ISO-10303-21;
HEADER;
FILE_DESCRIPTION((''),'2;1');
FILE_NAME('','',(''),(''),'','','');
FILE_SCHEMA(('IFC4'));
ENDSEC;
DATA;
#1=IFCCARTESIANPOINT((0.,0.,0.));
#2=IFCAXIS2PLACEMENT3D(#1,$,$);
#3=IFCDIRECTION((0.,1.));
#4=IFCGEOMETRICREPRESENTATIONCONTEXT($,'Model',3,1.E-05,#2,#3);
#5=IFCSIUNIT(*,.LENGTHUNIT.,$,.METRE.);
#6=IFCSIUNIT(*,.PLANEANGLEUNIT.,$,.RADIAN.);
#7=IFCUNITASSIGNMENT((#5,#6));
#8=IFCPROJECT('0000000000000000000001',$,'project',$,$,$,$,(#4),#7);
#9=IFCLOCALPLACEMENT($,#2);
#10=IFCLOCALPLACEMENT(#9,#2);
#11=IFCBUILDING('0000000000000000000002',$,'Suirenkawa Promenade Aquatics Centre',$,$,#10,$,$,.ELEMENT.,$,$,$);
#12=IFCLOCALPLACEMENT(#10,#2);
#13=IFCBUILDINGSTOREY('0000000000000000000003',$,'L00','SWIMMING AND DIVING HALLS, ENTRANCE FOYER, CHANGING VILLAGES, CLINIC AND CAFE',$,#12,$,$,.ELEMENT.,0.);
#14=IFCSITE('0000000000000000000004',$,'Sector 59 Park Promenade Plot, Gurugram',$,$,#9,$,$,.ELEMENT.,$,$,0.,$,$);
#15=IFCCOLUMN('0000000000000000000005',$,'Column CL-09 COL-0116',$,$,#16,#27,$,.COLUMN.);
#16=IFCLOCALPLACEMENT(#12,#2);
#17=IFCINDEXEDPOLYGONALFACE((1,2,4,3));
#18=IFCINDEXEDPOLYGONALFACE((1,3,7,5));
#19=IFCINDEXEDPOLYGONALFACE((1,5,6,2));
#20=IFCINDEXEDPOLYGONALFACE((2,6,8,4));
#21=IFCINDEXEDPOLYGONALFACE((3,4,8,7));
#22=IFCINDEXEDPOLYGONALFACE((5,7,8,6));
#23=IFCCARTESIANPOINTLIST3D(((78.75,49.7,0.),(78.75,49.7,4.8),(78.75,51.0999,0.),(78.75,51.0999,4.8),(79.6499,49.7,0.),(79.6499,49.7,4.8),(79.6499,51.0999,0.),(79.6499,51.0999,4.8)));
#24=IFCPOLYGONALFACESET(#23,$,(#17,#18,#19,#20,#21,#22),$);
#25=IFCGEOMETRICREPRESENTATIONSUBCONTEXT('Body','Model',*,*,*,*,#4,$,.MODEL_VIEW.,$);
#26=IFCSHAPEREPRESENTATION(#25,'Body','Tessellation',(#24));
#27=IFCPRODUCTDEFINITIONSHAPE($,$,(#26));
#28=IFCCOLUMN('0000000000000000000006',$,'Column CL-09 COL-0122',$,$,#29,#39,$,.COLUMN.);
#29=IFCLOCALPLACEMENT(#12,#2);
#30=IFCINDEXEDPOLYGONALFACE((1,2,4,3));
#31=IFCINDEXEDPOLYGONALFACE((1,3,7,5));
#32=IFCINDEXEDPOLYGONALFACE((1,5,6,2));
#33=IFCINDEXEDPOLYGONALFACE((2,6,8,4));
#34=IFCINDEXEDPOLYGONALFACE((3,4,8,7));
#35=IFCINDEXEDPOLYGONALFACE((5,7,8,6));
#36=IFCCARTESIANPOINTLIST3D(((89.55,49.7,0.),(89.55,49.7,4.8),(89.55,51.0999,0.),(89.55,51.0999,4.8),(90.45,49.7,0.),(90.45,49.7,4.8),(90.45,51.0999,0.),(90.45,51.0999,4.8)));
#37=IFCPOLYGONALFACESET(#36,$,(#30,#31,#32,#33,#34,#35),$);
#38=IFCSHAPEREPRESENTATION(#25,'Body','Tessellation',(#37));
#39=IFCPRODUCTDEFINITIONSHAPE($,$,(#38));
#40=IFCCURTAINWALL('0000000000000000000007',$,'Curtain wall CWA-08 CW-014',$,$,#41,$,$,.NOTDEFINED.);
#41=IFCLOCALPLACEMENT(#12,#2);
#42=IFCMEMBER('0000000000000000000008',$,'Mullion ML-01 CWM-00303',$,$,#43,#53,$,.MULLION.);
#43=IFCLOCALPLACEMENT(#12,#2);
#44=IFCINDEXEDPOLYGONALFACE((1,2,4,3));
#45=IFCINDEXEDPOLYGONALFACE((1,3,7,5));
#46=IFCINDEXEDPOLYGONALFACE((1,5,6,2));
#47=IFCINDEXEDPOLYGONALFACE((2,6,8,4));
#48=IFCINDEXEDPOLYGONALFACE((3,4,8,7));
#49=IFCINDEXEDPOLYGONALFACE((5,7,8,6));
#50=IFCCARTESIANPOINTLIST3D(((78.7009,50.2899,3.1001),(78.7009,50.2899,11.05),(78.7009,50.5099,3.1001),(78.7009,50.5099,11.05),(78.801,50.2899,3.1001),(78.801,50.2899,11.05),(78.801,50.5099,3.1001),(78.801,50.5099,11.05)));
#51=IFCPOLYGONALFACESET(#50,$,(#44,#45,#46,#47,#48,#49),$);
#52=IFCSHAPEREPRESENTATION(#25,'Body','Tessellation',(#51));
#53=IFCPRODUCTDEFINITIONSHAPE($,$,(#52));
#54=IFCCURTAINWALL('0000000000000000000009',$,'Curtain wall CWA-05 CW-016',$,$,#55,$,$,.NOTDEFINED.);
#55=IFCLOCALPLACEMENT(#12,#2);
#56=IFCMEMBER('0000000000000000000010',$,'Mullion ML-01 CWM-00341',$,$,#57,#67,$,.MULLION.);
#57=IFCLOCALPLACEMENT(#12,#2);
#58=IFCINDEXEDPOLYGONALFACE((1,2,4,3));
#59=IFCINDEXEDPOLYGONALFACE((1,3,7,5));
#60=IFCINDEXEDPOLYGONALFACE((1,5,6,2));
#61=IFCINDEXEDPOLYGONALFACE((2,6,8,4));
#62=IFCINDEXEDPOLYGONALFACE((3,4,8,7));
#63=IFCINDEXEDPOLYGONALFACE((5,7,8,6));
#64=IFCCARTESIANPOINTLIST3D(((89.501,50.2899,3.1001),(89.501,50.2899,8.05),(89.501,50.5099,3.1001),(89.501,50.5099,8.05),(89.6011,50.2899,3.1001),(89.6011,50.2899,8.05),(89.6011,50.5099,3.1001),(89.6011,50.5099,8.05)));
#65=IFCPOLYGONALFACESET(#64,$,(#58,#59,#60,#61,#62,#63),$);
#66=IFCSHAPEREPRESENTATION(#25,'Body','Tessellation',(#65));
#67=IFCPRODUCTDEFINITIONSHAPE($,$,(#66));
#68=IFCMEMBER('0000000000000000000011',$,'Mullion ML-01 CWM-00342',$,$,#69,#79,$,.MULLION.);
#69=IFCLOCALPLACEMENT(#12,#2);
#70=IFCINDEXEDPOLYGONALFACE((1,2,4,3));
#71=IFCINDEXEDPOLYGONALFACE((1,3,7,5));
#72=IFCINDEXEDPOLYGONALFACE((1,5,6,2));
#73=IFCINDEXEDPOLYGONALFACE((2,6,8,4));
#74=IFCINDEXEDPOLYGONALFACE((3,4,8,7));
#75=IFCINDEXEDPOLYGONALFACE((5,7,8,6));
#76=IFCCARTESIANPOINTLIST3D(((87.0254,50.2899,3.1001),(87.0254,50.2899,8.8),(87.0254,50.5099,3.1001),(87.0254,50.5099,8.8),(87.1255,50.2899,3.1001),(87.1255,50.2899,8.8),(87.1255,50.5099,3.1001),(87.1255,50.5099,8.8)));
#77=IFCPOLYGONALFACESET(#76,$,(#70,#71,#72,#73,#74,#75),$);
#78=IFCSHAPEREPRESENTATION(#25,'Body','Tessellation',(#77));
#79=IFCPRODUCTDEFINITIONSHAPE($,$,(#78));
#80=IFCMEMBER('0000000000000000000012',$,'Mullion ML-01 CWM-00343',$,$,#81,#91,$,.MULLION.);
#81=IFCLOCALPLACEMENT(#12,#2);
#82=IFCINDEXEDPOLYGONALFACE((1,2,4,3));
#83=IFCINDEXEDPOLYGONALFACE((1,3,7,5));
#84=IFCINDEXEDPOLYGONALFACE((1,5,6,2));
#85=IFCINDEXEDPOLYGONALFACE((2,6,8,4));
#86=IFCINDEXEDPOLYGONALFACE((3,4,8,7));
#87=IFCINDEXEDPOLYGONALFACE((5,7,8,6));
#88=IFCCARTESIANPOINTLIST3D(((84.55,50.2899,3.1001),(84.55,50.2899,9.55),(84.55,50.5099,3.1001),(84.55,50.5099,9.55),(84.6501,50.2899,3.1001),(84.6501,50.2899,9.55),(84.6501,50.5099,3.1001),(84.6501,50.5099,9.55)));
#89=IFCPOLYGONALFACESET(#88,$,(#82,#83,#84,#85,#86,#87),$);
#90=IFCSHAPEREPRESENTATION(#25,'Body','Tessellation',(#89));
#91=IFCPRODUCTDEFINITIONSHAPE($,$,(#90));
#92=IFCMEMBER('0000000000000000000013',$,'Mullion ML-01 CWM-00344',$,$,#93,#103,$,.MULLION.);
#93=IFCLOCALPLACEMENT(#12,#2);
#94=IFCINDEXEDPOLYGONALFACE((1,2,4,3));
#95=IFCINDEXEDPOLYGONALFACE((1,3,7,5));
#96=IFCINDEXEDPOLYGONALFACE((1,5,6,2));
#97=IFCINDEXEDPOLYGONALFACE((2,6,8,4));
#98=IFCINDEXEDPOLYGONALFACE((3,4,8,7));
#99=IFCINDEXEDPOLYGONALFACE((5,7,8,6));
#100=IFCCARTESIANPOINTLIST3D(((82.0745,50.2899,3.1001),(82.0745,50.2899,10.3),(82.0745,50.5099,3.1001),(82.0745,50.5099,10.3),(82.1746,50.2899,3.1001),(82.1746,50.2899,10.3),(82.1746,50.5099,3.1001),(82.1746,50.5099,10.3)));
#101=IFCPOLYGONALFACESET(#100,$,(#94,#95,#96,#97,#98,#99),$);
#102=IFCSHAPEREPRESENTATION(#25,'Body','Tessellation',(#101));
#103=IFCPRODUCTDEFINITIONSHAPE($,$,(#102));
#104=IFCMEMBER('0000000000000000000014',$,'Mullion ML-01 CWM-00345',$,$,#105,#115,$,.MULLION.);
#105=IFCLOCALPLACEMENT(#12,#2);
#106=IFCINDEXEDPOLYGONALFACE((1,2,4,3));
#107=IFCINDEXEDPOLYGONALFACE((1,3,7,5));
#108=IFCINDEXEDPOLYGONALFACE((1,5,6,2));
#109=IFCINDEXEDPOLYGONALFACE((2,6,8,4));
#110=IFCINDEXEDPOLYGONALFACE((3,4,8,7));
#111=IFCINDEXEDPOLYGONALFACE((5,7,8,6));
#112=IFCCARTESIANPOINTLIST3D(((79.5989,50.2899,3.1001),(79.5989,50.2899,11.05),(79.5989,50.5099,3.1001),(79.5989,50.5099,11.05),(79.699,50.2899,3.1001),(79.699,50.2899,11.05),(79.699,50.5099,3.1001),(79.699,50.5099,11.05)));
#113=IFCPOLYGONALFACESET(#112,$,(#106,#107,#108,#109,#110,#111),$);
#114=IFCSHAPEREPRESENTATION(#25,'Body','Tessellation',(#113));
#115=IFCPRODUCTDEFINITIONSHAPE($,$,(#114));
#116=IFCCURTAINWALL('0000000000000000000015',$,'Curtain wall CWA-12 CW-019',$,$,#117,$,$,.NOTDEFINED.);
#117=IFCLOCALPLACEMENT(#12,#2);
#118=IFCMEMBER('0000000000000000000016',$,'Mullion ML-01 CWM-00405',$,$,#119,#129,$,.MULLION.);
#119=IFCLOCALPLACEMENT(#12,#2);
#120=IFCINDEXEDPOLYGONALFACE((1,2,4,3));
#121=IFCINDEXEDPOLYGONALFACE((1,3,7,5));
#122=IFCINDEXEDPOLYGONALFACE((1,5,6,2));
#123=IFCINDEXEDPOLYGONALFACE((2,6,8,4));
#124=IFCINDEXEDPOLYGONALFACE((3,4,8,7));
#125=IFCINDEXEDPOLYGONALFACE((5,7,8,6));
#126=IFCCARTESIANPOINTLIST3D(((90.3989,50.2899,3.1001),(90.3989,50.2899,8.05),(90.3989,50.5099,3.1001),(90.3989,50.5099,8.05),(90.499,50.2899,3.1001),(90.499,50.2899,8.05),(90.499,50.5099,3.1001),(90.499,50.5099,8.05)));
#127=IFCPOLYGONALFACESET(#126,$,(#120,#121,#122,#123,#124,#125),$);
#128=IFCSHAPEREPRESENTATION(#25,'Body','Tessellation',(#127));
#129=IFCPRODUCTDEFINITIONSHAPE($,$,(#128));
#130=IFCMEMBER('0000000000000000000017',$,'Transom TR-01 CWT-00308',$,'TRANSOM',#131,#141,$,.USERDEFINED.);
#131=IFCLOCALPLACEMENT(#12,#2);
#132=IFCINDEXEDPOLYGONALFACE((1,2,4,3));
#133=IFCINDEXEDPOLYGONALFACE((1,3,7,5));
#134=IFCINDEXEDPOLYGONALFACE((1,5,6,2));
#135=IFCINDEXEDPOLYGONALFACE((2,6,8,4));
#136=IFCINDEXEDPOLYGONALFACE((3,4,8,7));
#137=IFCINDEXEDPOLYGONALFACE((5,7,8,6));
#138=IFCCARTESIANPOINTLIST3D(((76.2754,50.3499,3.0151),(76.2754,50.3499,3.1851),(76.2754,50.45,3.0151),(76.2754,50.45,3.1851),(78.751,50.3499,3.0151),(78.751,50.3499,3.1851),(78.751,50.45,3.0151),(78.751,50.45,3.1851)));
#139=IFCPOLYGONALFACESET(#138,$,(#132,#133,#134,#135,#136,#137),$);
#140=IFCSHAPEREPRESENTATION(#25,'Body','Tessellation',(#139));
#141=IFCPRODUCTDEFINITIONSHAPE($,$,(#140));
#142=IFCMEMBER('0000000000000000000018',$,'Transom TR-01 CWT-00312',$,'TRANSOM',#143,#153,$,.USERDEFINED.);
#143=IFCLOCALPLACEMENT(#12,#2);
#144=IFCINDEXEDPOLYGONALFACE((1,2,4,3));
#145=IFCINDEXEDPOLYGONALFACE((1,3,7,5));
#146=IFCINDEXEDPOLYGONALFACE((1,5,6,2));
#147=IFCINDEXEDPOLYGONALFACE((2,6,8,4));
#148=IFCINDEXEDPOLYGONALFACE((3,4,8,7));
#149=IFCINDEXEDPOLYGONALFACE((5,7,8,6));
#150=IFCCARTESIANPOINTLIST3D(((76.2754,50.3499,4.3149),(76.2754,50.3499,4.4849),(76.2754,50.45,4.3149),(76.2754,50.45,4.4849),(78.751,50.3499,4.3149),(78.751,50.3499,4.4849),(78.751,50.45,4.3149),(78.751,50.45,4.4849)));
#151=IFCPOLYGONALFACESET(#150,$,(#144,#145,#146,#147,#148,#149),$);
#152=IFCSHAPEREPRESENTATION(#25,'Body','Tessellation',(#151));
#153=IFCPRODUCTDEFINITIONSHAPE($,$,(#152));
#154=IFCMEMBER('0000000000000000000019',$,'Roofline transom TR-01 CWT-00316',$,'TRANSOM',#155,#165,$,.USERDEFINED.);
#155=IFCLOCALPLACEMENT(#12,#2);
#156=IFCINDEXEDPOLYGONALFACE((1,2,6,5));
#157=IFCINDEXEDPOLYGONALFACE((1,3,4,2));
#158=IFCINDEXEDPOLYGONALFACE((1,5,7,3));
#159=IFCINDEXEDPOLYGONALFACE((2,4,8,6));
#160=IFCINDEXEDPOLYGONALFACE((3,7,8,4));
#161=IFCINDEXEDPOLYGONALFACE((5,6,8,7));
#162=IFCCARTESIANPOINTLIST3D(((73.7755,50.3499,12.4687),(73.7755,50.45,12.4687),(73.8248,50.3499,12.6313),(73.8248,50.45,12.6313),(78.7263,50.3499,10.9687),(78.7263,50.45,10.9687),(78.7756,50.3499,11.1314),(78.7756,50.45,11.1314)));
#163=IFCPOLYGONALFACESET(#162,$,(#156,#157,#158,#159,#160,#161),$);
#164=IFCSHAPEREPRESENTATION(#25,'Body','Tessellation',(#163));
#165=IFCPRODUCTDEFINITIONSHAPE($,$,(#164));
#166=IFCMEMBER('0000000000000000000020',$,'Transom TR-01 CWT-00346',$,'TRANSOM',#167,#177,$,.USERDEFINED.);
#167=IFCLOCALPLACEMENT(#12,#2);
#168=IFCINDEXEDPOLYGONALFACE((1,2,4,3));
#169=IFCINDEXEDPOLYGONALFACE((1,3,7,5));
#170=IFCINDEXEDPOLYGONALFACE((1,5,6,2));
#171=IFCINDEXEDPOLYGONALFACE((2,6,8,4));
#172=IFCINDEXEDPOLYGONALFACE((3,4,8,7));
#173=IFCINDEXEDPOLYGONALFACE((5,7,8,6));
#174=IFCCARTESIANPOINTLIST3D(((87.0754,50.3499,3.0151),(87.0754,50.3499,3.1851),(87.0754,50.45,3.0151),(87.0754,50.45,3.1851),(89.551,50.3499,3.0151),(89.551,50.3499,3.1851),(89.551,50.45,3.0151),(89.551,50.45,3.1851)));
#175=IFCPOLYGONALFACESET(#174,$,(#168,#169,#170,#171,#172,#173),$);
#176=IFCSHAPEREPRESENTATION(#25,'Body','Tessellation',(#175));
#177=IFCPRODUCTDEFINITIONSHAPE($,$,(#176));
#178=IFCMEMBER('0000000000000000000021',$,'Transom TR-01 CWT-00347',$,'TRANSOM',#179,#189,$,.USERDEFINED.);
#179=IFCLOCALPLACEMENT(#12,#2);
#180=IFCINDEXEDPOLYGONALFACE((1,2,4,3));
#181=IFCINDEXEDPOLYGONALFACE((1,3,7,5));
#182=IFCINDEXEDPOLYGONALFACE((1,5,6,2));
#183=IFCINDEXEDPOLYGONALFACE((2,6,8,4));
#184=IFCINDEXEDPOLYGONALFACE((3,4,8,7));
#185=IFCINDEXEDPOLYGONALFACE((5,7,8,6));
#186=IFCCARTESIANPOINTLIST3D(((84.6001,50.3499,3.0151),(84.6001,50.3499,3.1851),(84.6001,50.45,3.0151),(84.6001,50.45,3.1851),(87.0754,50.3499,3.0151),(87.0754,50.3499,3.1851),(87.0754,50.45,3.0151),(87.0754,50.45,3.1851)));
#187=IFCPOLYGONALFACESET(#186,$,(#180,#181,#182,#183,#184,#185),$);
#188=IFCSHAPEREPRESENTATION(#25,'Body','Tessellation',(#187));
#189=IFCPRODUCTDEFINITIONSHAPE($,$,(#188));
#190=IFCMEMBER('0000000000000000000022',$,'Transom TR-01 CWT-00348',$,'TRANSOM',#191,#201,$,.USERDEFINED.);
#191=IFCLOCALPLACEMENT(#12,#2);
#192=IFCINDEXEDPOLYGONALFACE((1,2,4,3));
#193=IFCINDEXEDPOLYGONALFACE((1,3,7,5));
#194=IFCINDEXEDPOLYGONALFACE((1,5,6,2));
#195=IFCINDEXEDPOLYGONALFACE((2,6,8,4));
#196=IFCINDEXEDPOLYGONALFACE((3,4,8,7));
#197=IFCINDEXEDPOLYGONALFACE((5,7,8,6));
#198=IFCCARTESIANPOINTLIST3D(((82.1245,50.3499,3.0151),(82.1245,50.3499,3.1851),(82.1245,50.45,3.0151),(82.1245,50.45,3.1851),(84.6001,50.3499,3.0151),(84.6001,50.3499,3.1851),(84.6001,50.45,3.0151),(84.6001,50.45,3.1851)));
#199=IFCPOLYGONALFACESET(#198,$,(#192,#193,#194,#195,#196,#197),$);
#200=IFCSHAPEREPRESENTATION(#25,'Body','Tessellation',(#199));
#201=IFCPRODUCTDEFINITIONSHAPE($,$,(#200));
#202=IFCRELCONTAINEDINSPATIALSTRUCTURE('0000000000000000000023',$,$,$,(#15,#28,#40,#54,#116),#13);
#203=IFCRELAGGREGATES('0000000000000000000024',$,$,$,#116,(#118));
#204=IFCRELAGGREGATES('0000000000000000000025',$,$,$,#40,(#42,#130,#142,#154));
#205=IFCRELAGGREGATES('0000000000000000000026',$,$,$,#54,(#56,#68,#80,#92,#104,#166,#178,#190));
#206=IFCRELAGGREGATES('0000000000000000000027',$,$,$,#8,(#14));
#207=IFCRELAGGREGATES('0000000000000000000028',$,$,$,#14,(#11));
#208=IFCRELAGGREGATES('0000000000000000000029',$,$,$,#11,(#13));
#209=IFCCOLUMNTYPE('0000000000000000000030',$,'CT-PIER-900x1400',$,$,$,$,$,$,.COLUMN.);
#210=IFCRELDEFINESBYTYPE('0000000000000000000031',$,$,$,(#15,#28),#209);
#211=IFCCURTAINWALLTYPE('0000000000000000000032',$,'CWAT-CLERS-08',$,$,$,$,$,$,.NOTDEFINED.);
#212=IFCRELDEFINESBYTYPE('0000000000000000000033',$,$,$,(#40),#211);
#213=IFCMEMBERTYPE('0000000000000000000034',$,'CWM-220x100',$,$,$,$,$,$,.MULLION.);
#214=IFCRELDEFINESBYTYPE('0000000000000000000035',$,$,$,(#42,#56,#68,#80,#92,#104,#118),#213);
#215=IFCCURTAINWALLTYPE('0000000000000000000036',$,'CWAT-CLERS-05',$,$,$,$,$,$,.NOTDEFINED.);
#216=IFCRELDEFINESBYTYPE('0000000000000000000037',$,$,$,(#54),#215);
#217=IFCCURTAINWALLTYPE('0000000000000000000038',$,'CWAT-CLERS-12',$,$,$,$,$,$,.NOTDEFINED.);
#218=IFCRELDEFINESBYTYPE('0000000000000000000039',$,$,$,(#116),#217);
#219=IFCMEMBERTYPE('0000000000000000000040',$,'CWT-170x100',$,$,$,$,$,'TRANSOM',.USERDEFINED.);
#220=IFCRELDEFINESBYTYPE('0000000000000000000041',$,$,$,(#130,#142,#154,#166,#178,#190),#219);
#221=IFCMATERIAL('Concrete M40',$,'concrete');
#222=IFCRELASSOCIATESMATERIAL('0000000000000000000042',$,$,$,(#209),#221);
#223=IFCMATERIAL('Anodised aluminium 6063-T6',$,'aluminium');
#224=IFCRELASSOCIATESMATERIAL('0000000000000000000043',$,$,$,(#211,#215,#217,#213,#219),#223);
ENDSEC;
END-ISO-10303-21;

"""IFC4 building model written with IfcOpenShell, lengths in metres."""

from ifc_helpers import new_model, si_unit, direction, frame, origin, origin_2d, place, context, subcontext, project, spatial, rectangle, extrude, material, material_profile, profile_set, type_object, element, aggregate, save


model = new_model("IFC4")

# Units and contexts
model_context = context("Model", 3, precision=1e-05, world=origin(), true_north=direction((0.0, 1.0)))
body_context = subcontext(model_context, "Body", "Model", "MODEL_VIEW")
ifc_project = project(units=[si_unit("LENGTHUNIT", "METRE"), si_unit("PLANEANGLEUNIT", "RADIAN")], contexts=[model_context])

# Site, building, storey
site_placement = place(None, origin())
site = spatial("IfcSite", under=ifc_project, at=site_placement, Name="Sector 59 Park Promenade Plot, Gurugram", CompositionType="ELEMENT", RefElevation=0.0)
building_placement = place(site_placement, origin())
building = spatial("IfcBuilding", under=site, at=building_placement, Name="Suirenkawa Promenade Aquatics Centre", CompositionType="ELEMENT")
storey_placement = place(building_placement, origin())
storey = spatial("IfcBuildingStorey", under=building, at=storey_placement, Name="L00", Description="SWIMMING AND DIVING HALLS, ENTRANCE FOYER, CHANGING VILLAGES, CLINIC AND CAFE", CompositionType="ELEMENT", Elevation=0.0)

# Columns
ifc_material_1 = material(Name="Concrete M40", Category="concrete")
ifc_material_profile_1 = material_profile(ifc_material_1, rectangle(XDim=0.8999, YDim=1.3999, at=origin_2d()), Name="RC PIER 900x1400", Category="concrete")
ifc_profile_set_1 = profile_set([ifc_material_profile_1], Name="Concrete M40")
column_type = type_object("IfcColumnType", Name="CT-PIER-900x1400", PredefinedType="COLUMN", material=ifc_profile_set_1)
for number, where, z_axis, x_axis, name in (
    (1, (79.2, 50.3999, 0.0), (0.0, 0.0, 1.0), (1.0, 0.0, 0.0), "Column CL-09 COL-0116"),
    (2, (90.0, 50.3999, 0.0), (0.0, 0.0, 1.0), (1.0, 0.0, 0.0), "Column CL-09 COL-0122"),
):
    element("IfcColumn", number, at=place(storey_placement, frame(where, z_axis=z_axis, x_axis=x_axis)), inside=storey, type_object=column_type, Name=name, PredefinedType="COLUMN", context=body_context, shape_type="SweptSolid", body=[
        extrude(rectangle(XDim=0.8999, YDim=1.3999, at=origin_2d()), origin(), (0.0, 0.0, 1.0), 4.8),
    ])

# Curtain wall, member
ifc_material_2 = material(Name="Anodised aluminium 6063-T6", Category="aluminium")
curtain_wall_type_1 = type_object("IfcCurtainWallType", Name="CWAT-CLERS-08", PredefinedType="NOTDEFINED", material=ifc_material_2)
curtain_wall_1_placement = place(storey_placement, origin())
curtain_wall_1 = element("IfcCurtainWall", 3, at=curtain_wall_1_placement, inside=storey, type_object=curtain_wall_type_1, Name="Curtain wall CWA-08 CW-014", PredefinedType="NOTDEFINED")
ifc_material_profile_2 = material_profile(ifc_material_2, rectangle(XDim=0.1001, YDim=0.22, at=origin_2d()), Name="ALU MULL 100x220", Category="aluminium")
ifc_profile_set_2 = profile_set([ifc_material_profile_2], Name="Anodised aluminium 6063-T6")
member_type_1 = type_object("IfcMemberType", Name="CWM-220x100", PredefinedType="MULLION", material=ifc_profile_set_2)
member_1_placement = place(storey_placement, frame((78.751, 50.3999, 3.1001), z_axis=(0.0, 0.0, 1.0), x_axis=(-1.0, 0.0, 0.0)))
member_1 = element("IfcMember", 4, at=member_1_placement, type_object=member_type_1, Name="Mullion ML-01 CWM-00303", PredefinedType="MULLION", context=body_context, shape_type="SweptSolid", body=[
    extrude(rectangle(XDim=0.1001, YDim=0.22, at=origin_2d()), origin(), (0.0, 0.0, 1.0), 7.95),
])

# Curtain wall, members
curtain_wall_type_2 = type_object("IfcCurtainWallType", Name="CWAT-CLERS-05", PredefinedType="NOTDEFINED", material=ifc_material_2)
curtain_wall_2_placement = place(storey_placement, origin())
curtain_wall_2 = element("IfcCurtainWall", 5, at=curtain_wall_2_placement, inside=storey, type_object=curtain_wall_type_2, Name="Curtain wall CWA-05 CW-016", PredefinedType="NOTDEFINED")
member_2_placement = place(storey_placement, frame((89.551, 50.3999, 3.1001), z_axis=(0.0, 0.0, 1.0), x_axis=(-1.0, 0.0, 0.0)))
member_2 = element("IfcMember", 6, at=member_2_placement, type_object=member_type_1, Name="Mullion ML-01 CWM-00341", PredefinedType="MULLION", context=body_context, shape_type="SweptSolid", body=[
    extrude(rectangle(XDim=0.1001, YDim=0.22, at=origin_2d()), origin(), (0.0, 0.0, 1.0), 4.95),
])
member_3_placement = place(storey_placement, frame((87.0754, 50.3999, 3.1001), z_axis=(0.0, 0.0, 1.0), x_axis=(-1.0, 0.0, 0.0)))
member_3 = element("IfcMember", 7, at=member_3_placement, type_object=member_type_1, Name="Mullion ML-01 CWM-00342", PredefinedType="MULLION", context=body_context, shape_type="SweptSolid", body=[
    extrude(rectangle(XDim=0.1001, YDim=0.22, at=origin_2d()), origin(), (0.0, 0.0, 1.0), 5.7),
])
member_4_placement = place(storey_placement, frame((84.6001, 50.3999, 3.1001), z_axis=(0.0, 0.0, 1.0), x_axis=(-1.0, 0.0, 0.0)))
member_4 = element("IfcMember", 8, at=member_4_placement, type_object=member_type_1, Name="Mullion ML-01 CWM-00343", PredefinedType="MULLION", context=body_context, shape_type="SweptSolid", body=[
    extrude(rectangle(XDim=0.1001, YDim=0.22, at=origin_2d()), origin(), (0.0, 0.0, 1.0), 6.45),
])
member_5_placement = place(storey_placement, frame((82.1245, 50.3999, 3.1001), z_axis=(0.0, 0.0, 1.0), x_axis=(-1.0, 0.0, 0.0)))
member_5 = element("IfcMember", 9, at=member_5_placement, type_object=member_type_1, Name="Mullion ML-01 CWM-00344", PredefinedType="MULLION", context=body_context, shape_type="SweptSolid", body=[
    extrude(rectangle(XDim=0.1001, YDim=0.22, at=origin_2d()), origin(), (0.0, 0.0, 1.0), 7.2),
])
member_6_placement = place(storey_placement, frame((79.6489, 50.3999, 3.1001), z_axis=(0.0, 0.0, 1.0), x_axis=(-1.0, 0.0, 0.0)))
member_6 = element("IfcMember", 10, at=member_6_placement, type_object=member_type_1, Name="Mullion ML-01 CWM-00345", PredefinedType="MULLION", context=body_context, shape_type="SweptSolid", body=[
    extrude(rectangle(XDim=0.1001, YDim=0.22, at=origin_2d()), origin(), (0.0, 0.0, 1.0), 7.95),
])

# Curtain wall, member
curtain_wall_type_3 = type_object("IfcCurtainWallType", Name="CWAT-CLERS-12", PredefinedType="NOTDEFINED", material=ifc_material_2)
curtain_wall_3_placement = place(storey_placement, origin())
curtain_wall_3 = element("IfcCurtainWall", 11, at=curtain_wall_3_placement, inside=storey, type_object=curtain_wall_type_3, Name="Curtain wall CWA-12 CW-019", PredefinedType="NOTDEFINED")
member_7_placement = place(storey_placement, frame((90.449, 50.3999, 3.1001), z_axis=(0.0, 0.0, 1.0), x_axis=(-1.0, 0.0, 0.0)))
member_7 = element("IfcMember", 12, at=member_7_placement, type_object=member_type_1, Name="Mullion ML-01 CWM-00405", PredefinedType="MULLION", context=body_context, shape_type="SweptSolid", body=[
    extrude(rectangle(XDim=0.1001, YDim=0.22, at=origin_2d()), origin(), (0.0, 0.0, 1.0), 4.95),
])
aggregate(curtain_wall_3, [member_7])

# Members
ifc_material_profile_3 = material_profile(ifc_material_2, rectangle(XDim=0.1001, YDim=0.1699, at=origin_2d()), Name="ALU TRAN 100x170", Category="aluminium")
ifc_profile_set_3 = profile_set([ifc_material_profile_3], Name="Anodised aluminium 6063-T6")
member_type_2 = type_object("IfcMemberType", Name="CWT-170x100", ElementType="TRANSOM", PredefinedType="USERDEFINED", material=ifc_profile_set_3)
member_8_placement = place(storey_placement, frame((78.751, 50.3999, 3.1001), z_axis=(-1.0, 0.0, 0.0), x_axis=(0.0, -1.0, 0.0)))
member_8 = element("IfcMember", 13, at=member_8_placement, type_object=member_type_2, Name="Transom TR-01 CWT-00308", ObjectType="TRANSOM", PredefinedType="USERDEFINED", context=body_context, shape_type="SweptSolid", body=[
    extrude(rectangle(XDim=0.1001, YDim=0.1699, at=origin_2d()), origin(), (0.0, 0.0, 1.0), 2.4756),
])
member_9_placement = place(storey_placement, frame((78.751, 50.3999, 4.3999), z_axis=(-1.0, 0.0, 0.0), x_axis=(0.0, -1.0, 0.0)))
member_9 = element("IfcMember", 14, at=member_9_placement, type_object=member_type_2, Name="Transom TR-01 CWT-00312", ObjectType="TRANSOM", PredefinedType="USERDEFINED", context=body_context, shape_type="SweptSolid", body=[
    extrude(rectangle(XDim=0.1001, YDim=0.1699, at=origin_2d()), origin(), (0.0, 0.0, 1.0), 2.4756),
])
member_10_placement = place(storey_placement, frame((78.751, 50.3999, 11.05), z_axis=(-0.957039, 0.0, 0.289958), x_axis=(0.0, -1.0, 0.0)))
member_10 = element("IfcMember", 15, at=member_10_placement, type_object=member_type_2, Name="Roofline transom TR-01 CWT-00316", ObjectType="TRANSOM", PredefinedType="USERDEFINED", context=body_context, shape_type="SweptSolid", body=[
    extrude(rectangle(XDim=0.1001, YDim=0.1699, at=origin_2d()), origin(), (0.0, 0.0, 1.0), 5.1731),
])
member_11_placement = place(storey_placement, frame((89.551, 50.3999, 3.1001), z_axis=(-1.0, 0.0, 0.0), x_axis=(0.0, -1.0, 0.0)))
member_11 = element("IfcMember", 16, at=member_11_placement, type_object=member_type_2, Name="Transom TR-01 CWT-00346", ObjectType="TRANSOM", PredefinedType="USERDEFINED", context=body_context, shape_type="SweptSolid", body=[
    extrude(rectangle(XDim=0.1001, YDim=0.1699, at=origin_2d()), origin(), (0.0, 0.0, 1.0), 2.4756),
])
member_12_placement = place(storey_placement, frame((87.0754, 50.3999, 3.1001), z_axis=(-1.0, 0.0, 0.0), x_axis=(0.0, -1.0, 0.0)))
member_12 = element("IfcMember", 17, at=member_12_placement, type_object=member_type_2, Name="Transom TR-01 CWT-00347", ObjectType="TRANSOM", PredefinedType="USERDEFINED", context=body_context, shape_type="SweptSolid", body=[
    extrude(rectangle(XDim=0.1001, YDim=0.1699, at=origin_2d()), origin(), (0.0, 0.0, 1.0), 2.4753),
])
member_13_placement = place(storey_placement, frame((84.6001, 50.3999, 3.1001), z_axis=(-1.0, 0.0, 0.0), x_axis=(0.0, -1.0, 0.0)))
member_13 = element("IfcMember", 18, at=member_13_placement, type_object=member_type_2, Name="Transom TR-01 CWT-00348", ObjectType="TRANSOM", PredefinedType="USERDEFINED", context=body_context, shape_type="SweptSolid", body=[
    extrude(rectangle(XDim=0.1001, YDim=0.1699, at=origin_2d()), origin(), (0.0, 0.0, 1.0), 2.4756),
])

aggregate(curtain_wall_1, [member_1, member_8, member_9, member_10])
aggregate(curtain_wall_2, [member_2, member_3, member_4, member_5, member_6, member_11, member_12, member_13])

save(model, "model.ifc")
